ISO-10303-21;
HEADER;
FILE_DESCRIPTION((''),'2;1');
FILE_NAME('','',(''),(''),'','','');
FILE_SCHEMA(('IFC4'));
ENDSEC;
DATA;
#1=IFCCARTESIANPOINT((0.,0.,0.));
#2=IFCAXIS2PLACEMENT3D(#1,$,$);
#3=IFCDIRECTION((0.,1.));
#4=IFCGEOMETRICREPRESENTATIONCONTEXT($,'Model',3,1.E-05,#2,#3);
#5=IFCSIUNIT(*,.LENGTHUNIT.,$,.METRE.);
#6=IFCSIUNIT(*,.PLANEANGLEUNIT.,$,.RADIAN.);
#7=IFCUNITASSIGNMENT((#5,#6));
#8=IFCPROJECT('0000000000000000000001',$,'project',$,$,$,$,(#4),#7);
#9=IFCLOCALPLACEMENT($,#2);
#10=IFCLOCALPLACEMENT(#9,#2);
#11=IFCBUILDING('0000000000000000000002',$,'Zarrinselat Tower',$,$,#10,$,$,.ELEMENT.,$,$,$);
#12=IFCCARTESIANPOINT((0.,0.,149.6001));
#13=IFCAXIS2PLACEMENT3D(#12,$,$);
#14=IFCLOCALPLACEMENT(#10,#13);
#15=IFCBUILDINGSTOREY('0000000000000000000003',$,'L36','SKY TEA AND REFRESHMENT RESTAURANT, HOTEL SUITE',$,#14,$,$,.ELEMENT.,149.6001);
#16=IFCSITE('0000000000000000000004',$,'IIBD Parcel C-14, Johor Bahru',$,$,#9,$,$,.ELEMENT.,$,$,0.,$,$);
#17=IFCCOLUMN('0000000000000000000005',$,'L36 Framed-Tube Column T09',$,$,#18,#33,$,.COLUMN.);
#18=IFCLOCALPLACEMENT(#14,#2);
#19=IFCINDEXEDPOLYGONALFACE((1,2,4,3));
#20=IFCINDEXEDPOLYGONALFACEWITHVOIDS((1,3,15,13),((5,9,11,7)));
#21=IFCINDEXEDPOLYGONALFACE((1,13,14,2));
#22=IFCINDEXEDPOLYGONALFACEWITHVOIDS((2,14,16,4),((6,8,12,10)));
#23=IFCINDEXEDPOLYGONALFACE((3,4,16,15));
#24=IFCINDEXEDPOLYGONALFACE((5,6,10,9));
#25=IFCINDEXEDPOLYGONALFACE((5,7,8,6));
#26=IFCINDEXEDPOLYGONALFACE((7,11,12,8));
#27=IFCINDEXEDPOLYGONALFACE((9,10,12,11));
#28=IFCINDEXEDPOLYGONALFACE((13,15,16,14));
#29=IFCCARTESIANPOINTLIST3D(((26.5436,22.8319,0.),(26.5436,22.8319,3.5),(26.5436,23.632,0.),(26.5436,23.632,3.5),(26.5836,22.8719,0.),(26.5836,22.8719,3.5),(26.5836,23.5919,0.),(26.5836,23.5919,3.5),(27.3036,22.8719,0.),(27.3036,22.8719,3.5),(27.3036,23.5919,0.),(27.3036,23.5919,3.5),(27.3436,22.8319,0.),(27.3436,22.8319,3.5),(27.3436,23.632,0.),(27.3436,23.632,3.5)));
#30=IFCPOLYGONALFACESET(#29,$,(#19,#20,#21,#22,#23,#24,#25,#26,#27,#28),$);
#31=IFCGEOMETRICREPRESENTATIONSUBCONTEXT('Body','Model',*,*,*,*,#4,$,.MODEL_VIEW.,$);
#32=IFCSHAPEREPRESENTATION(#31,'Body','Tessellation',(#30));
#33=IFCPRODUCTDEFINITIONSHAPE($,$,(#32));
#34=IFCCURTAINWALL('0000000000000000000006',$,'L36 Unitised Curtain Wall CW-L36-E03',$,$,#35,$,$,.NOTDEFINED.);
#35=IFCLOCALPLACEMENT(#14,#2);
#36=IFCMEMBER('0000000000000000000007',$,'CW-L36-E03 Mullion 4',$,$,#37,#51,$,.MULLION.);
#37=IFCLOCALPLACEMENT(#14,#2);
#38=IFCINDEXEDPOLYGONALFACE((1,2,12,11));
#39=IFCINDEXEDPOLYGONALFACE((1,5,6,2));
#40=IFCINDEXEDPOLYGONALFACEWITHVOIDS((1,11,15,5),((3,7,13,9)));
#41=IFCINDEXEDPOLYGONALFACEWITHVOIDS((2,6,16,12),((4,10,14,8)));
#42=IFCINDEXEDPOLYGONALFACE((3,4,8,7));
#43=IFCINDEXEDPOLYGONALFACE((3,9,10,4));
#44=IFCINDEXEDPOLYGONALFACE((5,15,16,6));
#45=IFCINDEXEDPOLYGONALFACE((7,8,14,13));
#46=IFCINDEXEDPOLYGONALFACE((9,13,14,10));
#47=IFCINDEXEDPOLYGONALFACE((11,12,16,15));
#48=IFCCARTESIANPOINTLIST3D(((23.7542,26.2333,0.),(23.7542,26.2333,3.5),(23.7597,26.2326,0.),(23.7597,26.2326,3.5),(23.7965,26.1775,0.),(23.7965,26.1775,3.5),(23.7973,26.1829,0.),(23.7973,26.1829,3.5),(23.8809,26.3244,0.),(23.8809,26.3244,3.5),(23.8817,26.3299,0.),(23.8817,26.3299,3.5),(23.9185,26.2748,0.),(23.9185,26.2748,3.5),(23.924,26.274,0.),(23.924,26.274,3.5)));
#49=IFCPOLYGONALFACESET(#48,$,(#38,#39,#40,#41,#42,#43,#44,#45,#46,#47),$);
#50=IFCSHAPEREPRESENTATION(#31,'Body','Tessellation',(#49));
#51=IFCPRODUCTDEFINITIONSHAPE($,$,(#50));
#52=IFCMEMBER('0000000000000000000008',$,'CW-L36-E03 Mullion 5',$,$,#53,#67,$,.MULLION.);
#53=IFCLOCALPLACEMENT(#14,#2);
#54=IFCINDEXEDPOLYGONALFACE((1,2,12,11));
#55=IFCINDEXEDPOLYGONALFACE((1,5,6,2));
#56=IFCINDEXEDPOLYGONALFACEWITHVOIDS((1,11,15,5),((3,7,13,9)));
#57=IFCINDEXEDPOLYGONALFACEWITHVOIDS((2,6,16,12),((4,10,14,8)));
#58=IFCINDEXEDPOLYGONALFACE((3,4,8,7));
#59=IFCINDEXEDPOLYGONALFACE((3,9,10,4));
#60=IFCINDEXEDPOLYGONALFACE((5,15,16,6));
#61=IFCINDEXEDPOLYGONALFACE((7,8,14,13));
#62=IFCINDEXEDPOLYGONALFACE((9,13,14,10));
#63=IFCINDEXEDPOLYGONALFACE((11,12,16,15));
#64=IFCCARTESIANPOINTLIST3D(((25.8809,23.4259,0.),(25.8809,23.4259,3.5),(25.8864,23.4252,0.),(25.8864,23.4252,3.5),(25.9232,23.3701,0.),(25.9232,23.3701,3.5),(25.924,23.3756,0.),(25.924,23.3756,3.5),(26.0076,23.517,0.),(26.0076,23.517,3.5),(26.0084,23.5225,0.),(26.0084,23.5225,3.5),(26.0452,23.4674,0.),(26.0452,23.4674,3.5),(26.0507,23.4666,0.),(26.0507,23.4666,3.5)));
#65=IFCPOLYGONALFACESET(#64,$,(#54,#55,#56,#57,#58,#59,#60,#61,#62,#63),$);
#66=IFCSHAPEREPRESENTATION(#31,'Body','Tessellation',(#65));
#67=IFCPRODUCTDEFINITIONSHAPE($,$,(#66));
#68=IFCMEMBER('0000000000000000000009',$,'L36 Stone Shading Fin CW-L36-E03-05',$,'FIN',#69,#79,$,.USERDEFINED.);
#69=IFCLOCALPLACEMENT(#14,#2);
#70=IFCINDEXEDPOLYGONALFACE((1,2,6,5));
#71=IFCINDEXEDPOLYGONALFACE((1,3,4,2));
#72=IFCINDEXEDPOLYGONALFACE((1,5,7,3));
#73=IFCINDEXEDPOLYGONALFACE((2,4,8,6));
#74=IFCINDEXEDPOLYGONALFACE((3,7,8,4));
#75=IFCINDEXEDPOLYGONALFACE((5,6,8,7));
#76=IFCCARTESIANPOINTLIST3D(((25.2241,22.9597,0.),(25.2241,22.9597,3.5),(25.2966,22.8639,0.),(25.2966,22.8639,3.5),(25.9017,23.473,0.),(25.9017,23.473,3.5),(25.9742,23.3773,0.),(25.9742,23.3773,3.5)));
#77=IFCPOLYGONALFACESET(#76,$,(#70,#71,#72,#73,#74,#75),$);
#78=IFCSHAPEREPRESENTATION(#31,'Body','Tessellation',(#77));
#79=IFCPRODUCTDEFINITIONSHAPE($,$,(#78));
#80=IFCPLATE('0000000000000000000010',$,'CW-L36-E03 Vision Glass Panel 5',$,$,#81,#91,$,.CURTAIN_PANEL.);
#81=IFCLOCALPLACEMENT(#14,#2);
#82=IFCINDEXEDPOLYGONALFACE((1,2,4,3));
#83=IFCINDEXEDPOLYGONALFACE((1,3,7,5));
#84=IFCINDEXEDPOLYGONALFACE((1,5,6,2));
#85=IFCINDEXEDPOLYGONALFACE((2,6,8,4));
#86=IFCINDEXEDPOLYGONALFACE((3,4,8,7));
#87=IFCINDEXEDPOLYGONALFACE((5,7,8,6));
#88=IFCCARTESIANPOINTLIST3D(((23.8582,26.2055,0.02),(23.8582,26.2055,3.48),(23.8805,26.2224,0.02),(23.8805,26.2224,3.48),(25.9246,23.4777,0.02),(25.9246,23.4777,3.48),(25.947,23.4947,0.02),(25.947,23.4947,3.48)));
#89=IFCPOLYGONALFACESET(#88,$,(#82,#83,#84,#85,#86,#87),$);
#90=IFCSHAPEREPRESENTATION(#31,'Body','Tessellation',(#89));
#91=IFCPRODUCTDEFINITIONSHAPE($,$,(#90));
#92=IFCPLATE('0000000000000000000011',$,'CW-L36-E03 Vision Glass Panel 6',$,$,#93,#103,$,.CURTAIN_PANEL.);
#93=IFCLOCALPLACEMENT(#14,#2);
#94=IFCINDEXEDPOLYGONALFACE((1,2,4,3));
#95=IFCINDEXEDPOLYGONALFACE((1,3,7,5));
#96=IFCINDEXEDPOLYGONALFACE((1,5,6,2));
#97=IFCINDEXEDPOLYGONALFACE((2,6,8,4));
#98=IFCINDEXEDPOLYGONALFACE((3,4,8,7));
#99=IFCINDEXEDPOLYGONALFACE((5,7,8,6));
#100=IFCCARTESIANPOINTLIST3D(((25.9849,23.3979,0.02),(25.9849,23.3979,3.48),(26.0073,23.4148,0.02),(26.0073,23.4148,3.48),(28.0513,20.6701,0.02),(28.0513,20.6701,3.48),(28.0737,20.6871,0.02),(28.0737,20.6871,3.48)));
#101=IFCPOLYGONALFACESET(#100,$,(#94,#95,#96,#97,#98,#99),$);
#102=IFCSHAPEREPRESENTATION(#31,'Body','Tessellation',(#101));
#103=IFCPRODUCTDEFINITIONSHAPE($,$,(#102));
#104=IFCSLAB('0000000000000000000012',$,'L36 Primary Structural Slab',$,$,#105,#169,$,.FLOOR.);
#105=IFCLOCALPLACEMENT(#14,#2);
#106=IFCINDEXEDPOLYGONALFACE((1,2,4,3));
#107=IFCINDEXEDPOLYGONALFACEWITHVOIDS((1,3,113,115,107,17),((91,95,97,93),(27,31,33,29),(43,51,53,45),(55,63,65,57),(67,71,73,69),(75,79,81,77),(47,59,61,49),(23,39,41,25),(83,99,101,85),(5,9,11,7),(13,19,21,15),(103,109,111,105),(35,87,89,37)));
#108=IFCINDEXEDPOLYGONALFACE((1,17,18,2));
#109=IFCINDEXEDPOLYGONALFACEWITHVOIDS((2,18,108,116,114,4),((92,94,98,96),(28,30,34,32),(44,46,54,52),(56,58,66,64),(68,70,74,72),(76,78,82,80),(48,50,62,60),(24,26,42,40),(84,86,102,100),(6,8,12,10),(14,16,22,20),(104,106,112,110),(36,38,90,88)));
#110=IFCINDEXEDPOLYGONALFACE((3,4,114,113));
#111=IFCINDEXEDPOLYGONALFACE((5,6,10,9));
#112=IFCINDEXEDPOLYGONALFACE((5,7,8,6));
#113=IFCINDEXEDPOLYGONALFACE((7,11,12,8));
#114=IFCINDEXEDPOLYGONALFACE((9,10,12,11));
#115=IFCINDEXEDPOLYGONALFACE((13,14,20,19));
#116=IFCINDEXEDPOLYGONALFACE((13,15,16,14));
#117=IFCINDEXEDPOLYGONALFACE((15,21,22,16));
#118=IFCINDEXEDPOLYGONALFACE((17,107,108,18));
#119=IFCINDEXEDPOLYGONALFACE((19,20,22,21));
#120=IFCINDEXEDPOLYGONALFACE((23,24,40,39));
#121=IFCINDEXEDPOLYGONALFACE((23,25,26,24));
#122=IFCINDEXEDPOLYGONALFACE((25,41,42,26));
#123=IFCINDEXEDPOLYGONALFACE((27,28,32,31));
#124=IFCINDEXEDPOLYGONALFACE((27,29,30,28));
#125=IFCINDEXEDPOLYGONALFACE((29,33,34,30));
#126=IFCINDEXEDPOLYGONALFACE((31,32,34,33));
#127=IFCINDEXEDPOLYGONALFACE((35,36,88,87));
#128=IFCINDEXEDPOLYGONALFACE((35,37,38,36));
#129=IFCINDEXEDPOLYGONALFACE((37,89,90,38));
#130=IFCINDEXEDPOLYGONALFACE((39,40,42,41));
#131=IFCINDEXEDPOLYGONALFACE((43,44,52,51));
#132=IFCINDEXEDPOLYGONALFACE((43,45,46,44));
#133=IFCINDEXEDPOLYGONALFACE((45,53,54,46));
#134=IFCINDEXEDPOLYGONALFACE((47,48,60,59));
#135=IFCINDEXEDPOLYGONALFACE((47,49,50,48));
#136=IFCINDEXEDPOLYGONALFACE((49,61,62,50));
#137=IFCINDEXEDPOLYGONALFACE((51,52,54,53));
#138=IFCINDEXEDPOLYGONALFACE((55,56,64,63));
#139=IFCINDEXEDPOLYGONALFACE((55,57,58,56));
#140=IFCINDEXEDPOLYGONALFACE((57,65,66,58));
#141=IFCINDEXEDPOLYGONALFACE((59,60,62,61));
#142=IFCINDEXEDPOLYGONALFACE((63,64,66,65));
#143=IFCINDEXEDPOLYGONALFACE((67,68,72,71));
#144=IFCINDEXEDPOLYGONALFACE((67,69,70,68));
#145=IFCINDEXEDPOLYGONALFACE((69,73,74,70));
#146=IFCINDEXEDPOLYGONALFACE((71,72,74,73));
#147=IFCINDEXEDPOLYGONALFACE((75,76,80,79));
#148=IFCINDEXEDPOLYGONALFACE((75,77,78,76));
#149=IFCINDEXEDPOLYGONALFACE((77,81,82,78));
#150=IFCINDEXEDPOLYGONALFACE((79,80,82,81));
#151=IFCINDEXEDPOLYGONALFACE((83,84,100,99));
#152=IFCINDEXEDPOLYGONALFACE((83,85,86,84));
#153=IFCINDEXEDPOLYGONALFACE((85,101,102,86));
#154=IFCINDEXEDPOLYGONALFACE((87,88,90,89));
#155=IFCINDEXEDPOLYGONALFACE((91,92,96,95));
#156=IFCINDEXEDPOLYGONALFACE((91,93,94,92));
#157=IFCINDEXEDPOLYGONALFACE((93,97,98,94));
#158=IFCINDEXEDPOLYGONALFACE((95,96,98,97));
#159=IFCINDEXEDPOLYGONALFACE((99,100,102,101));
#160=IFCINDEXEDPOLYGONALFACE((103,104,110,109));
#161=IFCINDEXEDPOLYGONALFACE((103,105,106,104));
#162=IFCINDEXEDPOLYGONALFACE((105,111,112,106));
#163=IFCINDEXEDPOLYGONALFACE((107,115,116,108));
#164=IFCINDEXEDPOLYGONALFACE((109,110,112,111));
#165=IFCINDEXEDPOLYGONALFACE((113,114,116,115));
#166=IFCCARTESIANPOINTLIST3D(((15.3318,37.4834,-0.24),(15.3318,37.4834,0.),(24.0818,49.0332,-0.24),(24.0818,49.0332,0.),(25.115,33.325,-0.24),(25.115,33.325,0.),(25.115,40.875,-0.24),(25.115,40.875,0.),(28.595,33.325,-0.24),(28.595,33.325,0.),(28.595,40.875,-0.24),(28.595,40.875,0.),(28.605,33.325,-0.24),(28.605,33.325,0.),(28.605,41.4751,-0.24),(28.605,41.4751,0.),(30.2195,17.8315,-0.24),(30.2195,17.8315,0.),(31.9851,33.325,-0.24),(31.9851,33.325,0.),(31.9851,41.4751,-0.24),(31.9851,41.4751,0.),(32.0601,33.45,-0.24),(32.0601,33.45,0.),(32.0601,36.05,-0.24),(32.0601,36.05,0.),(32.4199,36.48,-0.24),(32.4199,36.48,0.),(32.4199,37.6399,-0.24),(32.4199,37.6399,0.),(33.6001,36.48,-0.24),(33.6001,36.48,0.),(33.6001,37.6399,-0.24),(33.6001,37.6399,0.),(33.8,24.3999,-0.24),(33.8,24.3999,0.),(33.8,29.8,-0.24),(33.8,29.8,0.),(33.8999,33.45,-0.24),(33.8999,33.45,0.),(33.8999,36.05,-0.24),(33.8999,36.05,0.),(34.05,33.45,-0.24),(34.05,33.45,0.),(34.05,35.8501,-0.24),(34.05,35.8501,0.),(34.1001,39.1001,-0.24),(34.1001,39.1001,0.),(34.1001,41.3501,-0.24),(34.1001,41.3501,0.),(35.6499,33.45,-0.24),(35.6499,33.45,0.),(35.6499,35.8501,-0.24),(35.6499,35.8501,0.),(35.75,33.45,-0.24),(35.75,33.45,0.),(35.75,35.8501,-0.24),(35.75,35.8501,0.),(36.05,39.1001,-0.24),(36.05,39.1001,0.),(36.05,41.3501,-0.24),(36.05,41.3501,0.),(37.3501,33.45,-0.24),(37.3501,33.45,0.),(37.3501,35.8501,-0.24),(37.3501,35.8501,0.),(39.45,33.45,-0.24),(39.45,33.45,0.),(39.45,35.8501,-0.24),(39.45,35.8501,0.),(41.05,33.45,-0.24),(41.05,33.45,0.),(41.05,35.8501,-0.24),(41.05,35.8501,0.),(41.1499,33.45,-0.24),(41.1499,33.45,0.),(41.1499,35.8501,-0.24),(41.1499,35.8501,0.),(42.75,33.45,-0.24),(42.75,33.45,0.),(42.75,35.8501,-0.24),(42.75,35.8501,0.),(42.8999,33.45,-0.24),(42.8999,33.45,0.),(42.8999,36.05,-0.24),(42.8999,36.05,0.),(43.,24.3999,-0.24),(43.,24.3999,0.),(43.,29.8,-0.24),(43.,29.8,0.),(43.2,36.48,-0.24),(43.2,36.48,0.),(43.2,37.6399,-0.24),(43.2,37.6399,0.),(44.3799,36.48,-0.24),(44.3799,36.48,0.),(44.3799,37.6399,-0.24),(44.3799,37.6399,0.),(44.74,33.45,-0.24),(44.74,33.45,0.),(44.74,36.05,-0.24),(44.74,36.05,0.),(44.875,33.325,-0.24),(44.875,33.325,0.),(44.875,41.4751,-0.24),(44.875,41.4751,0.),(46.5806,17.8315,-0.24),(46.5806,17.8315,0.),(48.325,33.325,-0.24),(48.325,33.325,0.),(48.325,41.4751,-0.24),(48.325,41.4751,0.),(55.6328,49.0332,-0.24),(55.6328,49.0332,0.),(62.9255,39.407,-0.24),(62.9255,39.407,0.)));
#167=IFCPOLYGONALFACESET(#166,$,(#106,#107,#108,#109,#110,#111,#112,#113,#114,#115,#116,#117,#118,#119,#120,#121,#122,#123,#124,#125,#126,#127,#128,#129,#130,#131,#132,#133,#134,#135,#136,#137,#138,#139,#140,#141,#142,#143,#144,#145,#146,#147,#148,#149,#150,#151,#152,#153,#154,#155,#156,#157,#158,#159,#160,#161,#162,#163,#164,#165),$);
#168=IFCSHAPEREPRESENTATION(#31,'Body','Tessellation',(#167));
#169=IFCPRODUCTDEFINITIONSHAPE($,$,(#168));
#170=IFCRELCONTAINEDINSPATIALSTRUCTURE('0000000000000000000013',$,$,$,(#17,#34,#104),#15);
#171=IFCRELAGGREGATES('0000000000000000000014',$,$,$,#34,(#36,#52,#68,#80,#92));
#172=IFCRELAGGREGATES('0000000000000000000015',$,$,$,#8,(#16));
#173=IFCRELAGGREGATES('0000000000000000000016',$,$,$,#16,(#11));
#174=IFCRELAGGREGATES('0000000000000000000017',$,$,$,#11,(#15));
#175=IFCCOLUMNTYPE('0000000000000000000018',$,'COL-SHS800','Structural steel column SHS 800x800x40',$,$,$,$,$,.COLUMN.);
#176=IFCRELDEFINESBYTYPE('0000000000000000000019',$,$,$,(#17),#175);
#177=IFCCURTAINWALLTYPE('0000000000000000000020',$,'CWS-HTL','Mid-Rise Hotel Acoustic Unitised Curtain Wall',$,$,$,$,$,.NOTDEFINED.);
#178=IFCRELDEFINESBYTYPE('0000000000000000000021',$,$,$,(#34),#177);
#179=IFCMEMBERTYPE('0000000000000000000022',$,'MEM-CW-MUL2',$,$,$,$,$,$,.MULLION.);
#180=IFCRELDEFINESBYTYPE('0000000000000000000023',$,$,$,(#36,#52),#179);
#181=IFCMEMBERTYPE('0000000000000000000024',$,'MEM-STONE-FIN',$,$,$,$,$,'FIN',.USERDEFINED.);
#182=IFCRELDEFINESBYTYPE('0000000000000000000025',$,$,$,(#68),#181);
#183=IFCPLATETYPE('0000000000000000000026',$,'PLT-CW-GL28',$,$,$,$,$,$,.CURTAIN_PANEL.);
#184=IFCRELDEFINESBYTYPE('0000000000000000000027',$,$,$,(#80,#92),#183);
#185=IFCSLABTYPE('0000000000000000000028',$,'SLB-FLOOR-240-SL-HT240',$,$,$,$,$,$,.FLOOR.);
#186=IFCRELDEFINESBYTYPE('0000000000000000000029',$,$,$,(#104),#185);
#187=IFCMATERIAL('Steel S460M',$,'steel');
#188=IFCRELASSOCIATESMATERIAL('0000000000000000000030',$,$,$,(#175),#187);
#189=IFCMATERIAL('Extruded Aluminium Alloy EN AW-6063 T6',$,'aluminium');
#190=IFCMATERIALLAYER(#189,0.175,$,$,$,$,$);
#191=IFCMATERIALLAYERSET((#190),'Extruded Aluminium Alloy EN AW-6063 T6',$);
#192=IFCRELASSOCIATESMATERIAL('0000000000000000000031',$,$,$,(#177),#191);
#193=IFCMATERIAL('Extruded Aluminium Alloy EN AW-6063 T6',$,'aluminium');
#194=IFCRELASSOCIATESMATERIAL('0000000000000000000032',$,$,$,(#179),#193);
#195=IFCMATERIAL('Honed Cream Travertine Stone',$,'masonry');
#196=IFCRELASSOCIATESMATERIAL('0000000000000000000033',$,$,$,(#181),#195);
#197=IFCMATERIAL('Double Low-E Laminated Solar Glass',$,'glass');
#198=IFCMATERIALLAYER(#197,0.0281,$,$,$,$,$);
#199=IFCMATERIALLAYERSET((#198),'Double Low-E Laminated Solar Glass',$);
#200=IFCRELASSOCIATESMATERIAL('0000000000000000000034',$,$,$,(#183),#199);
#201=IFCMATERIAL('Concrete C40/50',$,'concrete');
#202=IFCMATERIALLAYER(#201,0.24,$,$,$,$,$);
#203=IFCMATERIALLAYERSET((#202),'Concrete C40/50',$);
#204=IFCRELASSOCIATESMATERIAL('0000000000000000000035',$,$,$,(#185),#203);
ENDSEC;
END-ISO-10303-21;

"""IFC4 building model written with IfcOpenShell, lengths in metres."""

from ifc_helpers import new_model, si_unit, direction, frame, origin, origin_2d, place, context, subcontext, project, spatial, polyline, rectangle, hollow_rectangle, outline, extrude, material, layer, layer_set, material_profile, profile_set, type_object, element, aggregate, save


model = new_model("IFC4")

# Units and contexts
model_context = context("Model", 3, precision=1e-05, world=origin(), true_north=direction((0.0, 1.0)))
body_context = subcontext(model_context, "Body", "Model", "MODEL_VIEW")
ifc_project = project(units=[si_unit("LENGTHUNIT", "METRE"), si_unit("PLANEANGLEUNIT", "RADIAN")], contexts=[model_context])

# Site, building, storey
site_placement = place(None, origin())
site = spatial("IfcSite", under=ifc_project, at=site_placement, Name="IIBD Parcel C-14, Johor Bahru", CompositionType="ELEMENT", RefElevation=0.0)
building_placement = place(site_placement, origin())
building = spatial("IfcBuilding", under=site, at=building_placement, Name="Zarrinselat Tower", CompositionType="ELEMENT")
storey_placement = place(building_placement, frame((0.0, 0.0, 149.6001)))
storey = spatial("IfcBuildingStorey", under=building, at=storey_placement, Name="L36", Description="SKY TEA AND REFRESHMENT RESTAURANT, HOTEL SUITE", CompositionType="ELEMENT", Elevation=149.6001)

# Column
ifc_material_1 = material(Name="Steel S460M", Category="steel")
ifc_material_profile_1 = material_profile(ifc_material_1, hollow_rectangle(XDim=0.8, YDim=0.8, WallThickness=0.04, at=origin_2d()), Name="SHS 800x800x40")
ifc_profile_set_1 = profile_set([ifc_material_profile_1], Name="Steel S460M")
column_type = type_object("IfcColumnType", Name="COL-SHS800", Description="Structural steel column SHS 800x800x40", PredefinedType="COLUMN", material=ifc_profile_set_1)
column_placement = place(storey_placement, frame((26.9436, 23.2319, 0.0), z_axis=(0.0, 0.0, 1.0), x_axis=(1.0, 0.0, 0.0)))
element("IfcColumn", 1, at=column_placement, inside=storey, type_object=column_type, Name="L36 Framed-Tube Column T09", PredefinedType="COLUMN", context=body_context, shape_type="SweptSolid", body=[
    extrude(hollow_rectangle(XDim=0.8, YDim=0.8, WallThickness=0.04, at=origin_2d()), origin(), (0.0, 0.0, 1.0), 3.5),
])

# Curtain wall, members, plates
ifc_material_2 = material(Name="Extruded Aluminium Alloy EN AW-6063 T6", Category="aluminium")
ifc_layer_1 = layer(ifc_material_2, 0.175)
ifc_layer_set_1 = layer_set([ifc_layer_1], Name="Extruded Aluminium Alloy EN AW-6063 T6")
curtain_wall_type = type_object("IfcCurtainWallType", Name="CWS-HTL", Description="Mid-Rise Hotel Acoustic Unitised Curtain Wall", PredefinedType="NOTDEFINED", material=ifc_layer_set_1)
curtain_wall_placement = place(storey_placement, origin())
curtain_wall = element("IfcCurtainWall", 2, at=curtain_wall_placement, inside=storey, type_object=curtain_wall_type, Name="L36 Unitised Curtain Wall CW-L36-E03", PredefinedType="NOTDEFINED")
ifc_material_3 = material(Name="Extruded Aluminium Alloy EN AW-6063 T6", Category="aluminium")
ifc_material_profile_2 = material_profile(ifc_material_3, hollow_rectangle(XDim=0.0701, YDim=0.1599, WallThickness=0.0039, at=origin_2d()), Name="RHS 160x70x4")
ifc_profile_set_2 = profile_set([ifc_material_profile_2], Name="Extruded Aluminium Alloy EN AW-6063 T6")
member_type_1 = type_object("IfcMemberType", Name="MEM-CW-MUL2", PredefinedType="MULLION", material=ifc_profile_set_2)
member_1_placement = place(storey_placement, frame((23.8391, 26.2537, 0.0), z_axis=(0.0, 0.0, 1.0), x_axis=(0.603857, -0.797093, 0.0)))
member_1 = element("IfcMember", 3, at=member_1_placement, type_object=member_type_1, Name="CW-L36-E03 Mullion 4", PredefinedType="MULLION", context=body_context, shape_type="SweptSolid", body=[
    extrude(hollow_rectangle(XDim=0.0701, YDim=0.1599, WallThickness=0.0039, at=origin_2d()), origin(), (0.0, 0.0, 1.0), 3.5),
])
member_2_placement = place(storey_placement, frame((25.9658, 23.4463, 0.0), z_axis=(0.0, 0.0, 1.0), x_axis=(0.603857, -0.797093, 0.0)))
member_2 = element("IfcMember", 4, at=member_2_placement, type_object=member_type_1, Name="CW-L36-E03 Mullion 5", PredefinedType="MULLION", context=body_context, shape_type="SweptSolid", body=[
    extrude(hollow_rectangle(XDim=0.0701, YDim=0.1599, WallThickness=0.0039, at=origin_2d()), origin(), (0.0, 0.0, 1.0), 3.5),
])
ifc_material_4 = material(Name="Honed Cream Travertine Stone", Category="masonry")
ifc_material_profile_3 = material_profile(ifc_material_4, rectangle(XDim=0.1201, YDim=0.8501, at=origin_2d()), Name="FIN 850x120")
ifc_profile_set_3 = profile_set([ifc_material_profile_3], Name="Honed Cream Travertine Stone")
member_type_2 = type_object("IfcMemberType", Name="MEM-STONE-FIN", ElementType="FIN", PredefinedType="USERDEFINED", material=ifc_profile_set_3)
member_3_placement = place(storey_placement, frame((25.5991, 23.1685, 0.0), z_axis=(0.0, 0.0, 1.0), x_axis=(-0.603857, 0.797093, 0.0)))
member_3 = element("IfcMember", 5, at=member_3_placement, type_object=member_type_2, Name="L36 Stone Shading Fin CW-L36-E03-05", ObjectType="FIN", PredefinedType="USERDEFINED", context=body_context, shape_type="SweptSolid", body=[
    extrude(rectangle(XDim=0.1201, YDim=0.8501, at=origin_2d()), origin(), (0.0, 0.0, 1.0), 3.5),
])
ifc_material_5 = material(Name="Double Low-E Laminated Solar Glass", Category="glass")
ifc_layer_2 = layer(ifc_material_5, 0.0281)
ifc_layer_set_2 = layer_set([ifc_layer_2], Name="Double Low-E Laminated Solar Glass")
plate_type = type_object("IfcPlateType", Name="PLT-CW-GL28", PredefinedType="CURTAIN_PANEL", material=ifc_layer_set_2)
plate_1_placement = place(storey_placement, frame((24.9026, 24.8501, 0.02), z_axis=(0.0, 0.0, 1.0), x_axis=(0.603857, -0.797093, 0.0)))
plate_1 = element("IfcPlate", 6, at=plate_1_placement, type_object=plate_type, Name="CW-L36-E03 Vision Glass Panel 5", PredefinedType="CURTAIN_PANEL", context=body_context, shape_type="SweptSolid", body=[
    extrude(rectangle(XDim=3.4221, YDim=0.0281, at=origin_2d()), origin(), (0.0, 0.0, 1.0), 3.46),
])
plate_2_placement = place(storey_placement, frame((27.0293, 22.0425, 0.02), z_axis=(0.0, 0.0, 1.0), x_axis=(0.603857, -0.797093, 0.0)))
plate_2 = element("IfcPlate", 7, at=plate_2_placement, type_object=plate_type, Name="CW-L36-E03 Vision Glass Panel 6", PredefinedType="CURTAIN_PANEL", context=body_context, shape_type="SweptSolid", body=[
    extrude(rectangle(XDim=3.4221, YDim=0.0281, at=origin_2d()), origin(), (0.0, 0.0, 1.0), 3.46),
])
aggregate(curtain_wall, [member_1, member_2, member_3, plate_1, plate_2])

# Slab
ifc_material_6 = material(Name="Concrete C40/50", Category="concrete")
ifc_layer_3 = layer(ifc_material_6, 0.24)
ifc_layer_set_3 = layer_set([ifc_layer_3], Name="Concrete C40/50")
slab_type_1 = type_object("IfcSlabType", Name="SLB-FLOOR-240-SL-HT240", PredefinedType="FLOOR", material=ifc_layer_set_3)
slab_1_placement = place(storey_placement, frame((0.0, 0.0, -0.24)))
element("IfcSlab", 8, at=slab_1_placement, inside=storey, type_object=slab_type_1, Name="L36 Primary Structural Slab", PredefinedType="FLOOR", context=body_context, shape_type="SweptSolid", body=[
    extrude(outline(polyline([(55.6328, 49.0332), (24.0818, 49.0332), (15.3318, 37.4834), (30.2195, 17.8315), (46.5806, 17.8315), (62.9255, 39.407), (55.6328, 49.0332)]), holes=[polyline([(35.6499, 33.45), (34.05, 33.45), (34.05, 35.8501), (35.6499, 35.8501), (35.6499, 33.45)]), polyline([(35.75, 33.45), (35.75, 35.8501), (37.3501, 35.8501), (37.3501, 33.45), (35.75, 33.45)]), polyline([(32.0601, 33.45), (32.0601, 36.05), (33.8999, 36.05), (33.8999, 33.45), (32.0601, 33.45)]), polyline([(33.6001, 36.48), (32.4199, 36.48), (32.4199, 37.6399), (33.6001, 37.6399), (33.6001, 36.48)]), polyline([(28.595, 33.325), (25.115, 33.325), (25.115, 40.875), (28.595, 40.875), (28.595, 33.325)]), polyline([(31.9851, 33.325), (28.605, 33.325), (28.605, 41.4751), (31.9851, 41.4751), (31.9851, 33.325)]), polyline([(36.05, 39.1001), (34.1001, 39.1001), (34.1001, 41.3501), (36.05, 41.3501), (36.05, 39.1001)]), polyline([(33.8, 24.3999), (33.8, 29.8), (43.0, 29.8), (43.0, 24.3999), (33.8, 24.3999)]), polyline([(39.45, 33.45), (39.45, 35.8501), (41.05, 35.8501), (41.05, 33.45), (39.45, 33.45)]), polyline([(41.1499, 33.45), (41.1499, 35.8501), (42.75, 35.8501), (42.75, 33.45), (41.1499, 33.45)]), polyline([(42.8999, 33.45), (42.8999, 36.05), (44.74, 36.05), (44.74, 33.45), (42.8999, 33.45)]), polyline([(43.2, 36.48), (43.2, 37.6399), (44.3799, 37.6399), (44.3799, 36.48), (43.2, 36.48)]), polyline([(48.325, 33.325), (44.875, 33.325), (44.875, 41.4751), (48.325, 41.4751), (48.325, 33.325)])]), origin(), (0.0, 0.0, 1.0), 0.24),
])

save(model, "model.ifc")
